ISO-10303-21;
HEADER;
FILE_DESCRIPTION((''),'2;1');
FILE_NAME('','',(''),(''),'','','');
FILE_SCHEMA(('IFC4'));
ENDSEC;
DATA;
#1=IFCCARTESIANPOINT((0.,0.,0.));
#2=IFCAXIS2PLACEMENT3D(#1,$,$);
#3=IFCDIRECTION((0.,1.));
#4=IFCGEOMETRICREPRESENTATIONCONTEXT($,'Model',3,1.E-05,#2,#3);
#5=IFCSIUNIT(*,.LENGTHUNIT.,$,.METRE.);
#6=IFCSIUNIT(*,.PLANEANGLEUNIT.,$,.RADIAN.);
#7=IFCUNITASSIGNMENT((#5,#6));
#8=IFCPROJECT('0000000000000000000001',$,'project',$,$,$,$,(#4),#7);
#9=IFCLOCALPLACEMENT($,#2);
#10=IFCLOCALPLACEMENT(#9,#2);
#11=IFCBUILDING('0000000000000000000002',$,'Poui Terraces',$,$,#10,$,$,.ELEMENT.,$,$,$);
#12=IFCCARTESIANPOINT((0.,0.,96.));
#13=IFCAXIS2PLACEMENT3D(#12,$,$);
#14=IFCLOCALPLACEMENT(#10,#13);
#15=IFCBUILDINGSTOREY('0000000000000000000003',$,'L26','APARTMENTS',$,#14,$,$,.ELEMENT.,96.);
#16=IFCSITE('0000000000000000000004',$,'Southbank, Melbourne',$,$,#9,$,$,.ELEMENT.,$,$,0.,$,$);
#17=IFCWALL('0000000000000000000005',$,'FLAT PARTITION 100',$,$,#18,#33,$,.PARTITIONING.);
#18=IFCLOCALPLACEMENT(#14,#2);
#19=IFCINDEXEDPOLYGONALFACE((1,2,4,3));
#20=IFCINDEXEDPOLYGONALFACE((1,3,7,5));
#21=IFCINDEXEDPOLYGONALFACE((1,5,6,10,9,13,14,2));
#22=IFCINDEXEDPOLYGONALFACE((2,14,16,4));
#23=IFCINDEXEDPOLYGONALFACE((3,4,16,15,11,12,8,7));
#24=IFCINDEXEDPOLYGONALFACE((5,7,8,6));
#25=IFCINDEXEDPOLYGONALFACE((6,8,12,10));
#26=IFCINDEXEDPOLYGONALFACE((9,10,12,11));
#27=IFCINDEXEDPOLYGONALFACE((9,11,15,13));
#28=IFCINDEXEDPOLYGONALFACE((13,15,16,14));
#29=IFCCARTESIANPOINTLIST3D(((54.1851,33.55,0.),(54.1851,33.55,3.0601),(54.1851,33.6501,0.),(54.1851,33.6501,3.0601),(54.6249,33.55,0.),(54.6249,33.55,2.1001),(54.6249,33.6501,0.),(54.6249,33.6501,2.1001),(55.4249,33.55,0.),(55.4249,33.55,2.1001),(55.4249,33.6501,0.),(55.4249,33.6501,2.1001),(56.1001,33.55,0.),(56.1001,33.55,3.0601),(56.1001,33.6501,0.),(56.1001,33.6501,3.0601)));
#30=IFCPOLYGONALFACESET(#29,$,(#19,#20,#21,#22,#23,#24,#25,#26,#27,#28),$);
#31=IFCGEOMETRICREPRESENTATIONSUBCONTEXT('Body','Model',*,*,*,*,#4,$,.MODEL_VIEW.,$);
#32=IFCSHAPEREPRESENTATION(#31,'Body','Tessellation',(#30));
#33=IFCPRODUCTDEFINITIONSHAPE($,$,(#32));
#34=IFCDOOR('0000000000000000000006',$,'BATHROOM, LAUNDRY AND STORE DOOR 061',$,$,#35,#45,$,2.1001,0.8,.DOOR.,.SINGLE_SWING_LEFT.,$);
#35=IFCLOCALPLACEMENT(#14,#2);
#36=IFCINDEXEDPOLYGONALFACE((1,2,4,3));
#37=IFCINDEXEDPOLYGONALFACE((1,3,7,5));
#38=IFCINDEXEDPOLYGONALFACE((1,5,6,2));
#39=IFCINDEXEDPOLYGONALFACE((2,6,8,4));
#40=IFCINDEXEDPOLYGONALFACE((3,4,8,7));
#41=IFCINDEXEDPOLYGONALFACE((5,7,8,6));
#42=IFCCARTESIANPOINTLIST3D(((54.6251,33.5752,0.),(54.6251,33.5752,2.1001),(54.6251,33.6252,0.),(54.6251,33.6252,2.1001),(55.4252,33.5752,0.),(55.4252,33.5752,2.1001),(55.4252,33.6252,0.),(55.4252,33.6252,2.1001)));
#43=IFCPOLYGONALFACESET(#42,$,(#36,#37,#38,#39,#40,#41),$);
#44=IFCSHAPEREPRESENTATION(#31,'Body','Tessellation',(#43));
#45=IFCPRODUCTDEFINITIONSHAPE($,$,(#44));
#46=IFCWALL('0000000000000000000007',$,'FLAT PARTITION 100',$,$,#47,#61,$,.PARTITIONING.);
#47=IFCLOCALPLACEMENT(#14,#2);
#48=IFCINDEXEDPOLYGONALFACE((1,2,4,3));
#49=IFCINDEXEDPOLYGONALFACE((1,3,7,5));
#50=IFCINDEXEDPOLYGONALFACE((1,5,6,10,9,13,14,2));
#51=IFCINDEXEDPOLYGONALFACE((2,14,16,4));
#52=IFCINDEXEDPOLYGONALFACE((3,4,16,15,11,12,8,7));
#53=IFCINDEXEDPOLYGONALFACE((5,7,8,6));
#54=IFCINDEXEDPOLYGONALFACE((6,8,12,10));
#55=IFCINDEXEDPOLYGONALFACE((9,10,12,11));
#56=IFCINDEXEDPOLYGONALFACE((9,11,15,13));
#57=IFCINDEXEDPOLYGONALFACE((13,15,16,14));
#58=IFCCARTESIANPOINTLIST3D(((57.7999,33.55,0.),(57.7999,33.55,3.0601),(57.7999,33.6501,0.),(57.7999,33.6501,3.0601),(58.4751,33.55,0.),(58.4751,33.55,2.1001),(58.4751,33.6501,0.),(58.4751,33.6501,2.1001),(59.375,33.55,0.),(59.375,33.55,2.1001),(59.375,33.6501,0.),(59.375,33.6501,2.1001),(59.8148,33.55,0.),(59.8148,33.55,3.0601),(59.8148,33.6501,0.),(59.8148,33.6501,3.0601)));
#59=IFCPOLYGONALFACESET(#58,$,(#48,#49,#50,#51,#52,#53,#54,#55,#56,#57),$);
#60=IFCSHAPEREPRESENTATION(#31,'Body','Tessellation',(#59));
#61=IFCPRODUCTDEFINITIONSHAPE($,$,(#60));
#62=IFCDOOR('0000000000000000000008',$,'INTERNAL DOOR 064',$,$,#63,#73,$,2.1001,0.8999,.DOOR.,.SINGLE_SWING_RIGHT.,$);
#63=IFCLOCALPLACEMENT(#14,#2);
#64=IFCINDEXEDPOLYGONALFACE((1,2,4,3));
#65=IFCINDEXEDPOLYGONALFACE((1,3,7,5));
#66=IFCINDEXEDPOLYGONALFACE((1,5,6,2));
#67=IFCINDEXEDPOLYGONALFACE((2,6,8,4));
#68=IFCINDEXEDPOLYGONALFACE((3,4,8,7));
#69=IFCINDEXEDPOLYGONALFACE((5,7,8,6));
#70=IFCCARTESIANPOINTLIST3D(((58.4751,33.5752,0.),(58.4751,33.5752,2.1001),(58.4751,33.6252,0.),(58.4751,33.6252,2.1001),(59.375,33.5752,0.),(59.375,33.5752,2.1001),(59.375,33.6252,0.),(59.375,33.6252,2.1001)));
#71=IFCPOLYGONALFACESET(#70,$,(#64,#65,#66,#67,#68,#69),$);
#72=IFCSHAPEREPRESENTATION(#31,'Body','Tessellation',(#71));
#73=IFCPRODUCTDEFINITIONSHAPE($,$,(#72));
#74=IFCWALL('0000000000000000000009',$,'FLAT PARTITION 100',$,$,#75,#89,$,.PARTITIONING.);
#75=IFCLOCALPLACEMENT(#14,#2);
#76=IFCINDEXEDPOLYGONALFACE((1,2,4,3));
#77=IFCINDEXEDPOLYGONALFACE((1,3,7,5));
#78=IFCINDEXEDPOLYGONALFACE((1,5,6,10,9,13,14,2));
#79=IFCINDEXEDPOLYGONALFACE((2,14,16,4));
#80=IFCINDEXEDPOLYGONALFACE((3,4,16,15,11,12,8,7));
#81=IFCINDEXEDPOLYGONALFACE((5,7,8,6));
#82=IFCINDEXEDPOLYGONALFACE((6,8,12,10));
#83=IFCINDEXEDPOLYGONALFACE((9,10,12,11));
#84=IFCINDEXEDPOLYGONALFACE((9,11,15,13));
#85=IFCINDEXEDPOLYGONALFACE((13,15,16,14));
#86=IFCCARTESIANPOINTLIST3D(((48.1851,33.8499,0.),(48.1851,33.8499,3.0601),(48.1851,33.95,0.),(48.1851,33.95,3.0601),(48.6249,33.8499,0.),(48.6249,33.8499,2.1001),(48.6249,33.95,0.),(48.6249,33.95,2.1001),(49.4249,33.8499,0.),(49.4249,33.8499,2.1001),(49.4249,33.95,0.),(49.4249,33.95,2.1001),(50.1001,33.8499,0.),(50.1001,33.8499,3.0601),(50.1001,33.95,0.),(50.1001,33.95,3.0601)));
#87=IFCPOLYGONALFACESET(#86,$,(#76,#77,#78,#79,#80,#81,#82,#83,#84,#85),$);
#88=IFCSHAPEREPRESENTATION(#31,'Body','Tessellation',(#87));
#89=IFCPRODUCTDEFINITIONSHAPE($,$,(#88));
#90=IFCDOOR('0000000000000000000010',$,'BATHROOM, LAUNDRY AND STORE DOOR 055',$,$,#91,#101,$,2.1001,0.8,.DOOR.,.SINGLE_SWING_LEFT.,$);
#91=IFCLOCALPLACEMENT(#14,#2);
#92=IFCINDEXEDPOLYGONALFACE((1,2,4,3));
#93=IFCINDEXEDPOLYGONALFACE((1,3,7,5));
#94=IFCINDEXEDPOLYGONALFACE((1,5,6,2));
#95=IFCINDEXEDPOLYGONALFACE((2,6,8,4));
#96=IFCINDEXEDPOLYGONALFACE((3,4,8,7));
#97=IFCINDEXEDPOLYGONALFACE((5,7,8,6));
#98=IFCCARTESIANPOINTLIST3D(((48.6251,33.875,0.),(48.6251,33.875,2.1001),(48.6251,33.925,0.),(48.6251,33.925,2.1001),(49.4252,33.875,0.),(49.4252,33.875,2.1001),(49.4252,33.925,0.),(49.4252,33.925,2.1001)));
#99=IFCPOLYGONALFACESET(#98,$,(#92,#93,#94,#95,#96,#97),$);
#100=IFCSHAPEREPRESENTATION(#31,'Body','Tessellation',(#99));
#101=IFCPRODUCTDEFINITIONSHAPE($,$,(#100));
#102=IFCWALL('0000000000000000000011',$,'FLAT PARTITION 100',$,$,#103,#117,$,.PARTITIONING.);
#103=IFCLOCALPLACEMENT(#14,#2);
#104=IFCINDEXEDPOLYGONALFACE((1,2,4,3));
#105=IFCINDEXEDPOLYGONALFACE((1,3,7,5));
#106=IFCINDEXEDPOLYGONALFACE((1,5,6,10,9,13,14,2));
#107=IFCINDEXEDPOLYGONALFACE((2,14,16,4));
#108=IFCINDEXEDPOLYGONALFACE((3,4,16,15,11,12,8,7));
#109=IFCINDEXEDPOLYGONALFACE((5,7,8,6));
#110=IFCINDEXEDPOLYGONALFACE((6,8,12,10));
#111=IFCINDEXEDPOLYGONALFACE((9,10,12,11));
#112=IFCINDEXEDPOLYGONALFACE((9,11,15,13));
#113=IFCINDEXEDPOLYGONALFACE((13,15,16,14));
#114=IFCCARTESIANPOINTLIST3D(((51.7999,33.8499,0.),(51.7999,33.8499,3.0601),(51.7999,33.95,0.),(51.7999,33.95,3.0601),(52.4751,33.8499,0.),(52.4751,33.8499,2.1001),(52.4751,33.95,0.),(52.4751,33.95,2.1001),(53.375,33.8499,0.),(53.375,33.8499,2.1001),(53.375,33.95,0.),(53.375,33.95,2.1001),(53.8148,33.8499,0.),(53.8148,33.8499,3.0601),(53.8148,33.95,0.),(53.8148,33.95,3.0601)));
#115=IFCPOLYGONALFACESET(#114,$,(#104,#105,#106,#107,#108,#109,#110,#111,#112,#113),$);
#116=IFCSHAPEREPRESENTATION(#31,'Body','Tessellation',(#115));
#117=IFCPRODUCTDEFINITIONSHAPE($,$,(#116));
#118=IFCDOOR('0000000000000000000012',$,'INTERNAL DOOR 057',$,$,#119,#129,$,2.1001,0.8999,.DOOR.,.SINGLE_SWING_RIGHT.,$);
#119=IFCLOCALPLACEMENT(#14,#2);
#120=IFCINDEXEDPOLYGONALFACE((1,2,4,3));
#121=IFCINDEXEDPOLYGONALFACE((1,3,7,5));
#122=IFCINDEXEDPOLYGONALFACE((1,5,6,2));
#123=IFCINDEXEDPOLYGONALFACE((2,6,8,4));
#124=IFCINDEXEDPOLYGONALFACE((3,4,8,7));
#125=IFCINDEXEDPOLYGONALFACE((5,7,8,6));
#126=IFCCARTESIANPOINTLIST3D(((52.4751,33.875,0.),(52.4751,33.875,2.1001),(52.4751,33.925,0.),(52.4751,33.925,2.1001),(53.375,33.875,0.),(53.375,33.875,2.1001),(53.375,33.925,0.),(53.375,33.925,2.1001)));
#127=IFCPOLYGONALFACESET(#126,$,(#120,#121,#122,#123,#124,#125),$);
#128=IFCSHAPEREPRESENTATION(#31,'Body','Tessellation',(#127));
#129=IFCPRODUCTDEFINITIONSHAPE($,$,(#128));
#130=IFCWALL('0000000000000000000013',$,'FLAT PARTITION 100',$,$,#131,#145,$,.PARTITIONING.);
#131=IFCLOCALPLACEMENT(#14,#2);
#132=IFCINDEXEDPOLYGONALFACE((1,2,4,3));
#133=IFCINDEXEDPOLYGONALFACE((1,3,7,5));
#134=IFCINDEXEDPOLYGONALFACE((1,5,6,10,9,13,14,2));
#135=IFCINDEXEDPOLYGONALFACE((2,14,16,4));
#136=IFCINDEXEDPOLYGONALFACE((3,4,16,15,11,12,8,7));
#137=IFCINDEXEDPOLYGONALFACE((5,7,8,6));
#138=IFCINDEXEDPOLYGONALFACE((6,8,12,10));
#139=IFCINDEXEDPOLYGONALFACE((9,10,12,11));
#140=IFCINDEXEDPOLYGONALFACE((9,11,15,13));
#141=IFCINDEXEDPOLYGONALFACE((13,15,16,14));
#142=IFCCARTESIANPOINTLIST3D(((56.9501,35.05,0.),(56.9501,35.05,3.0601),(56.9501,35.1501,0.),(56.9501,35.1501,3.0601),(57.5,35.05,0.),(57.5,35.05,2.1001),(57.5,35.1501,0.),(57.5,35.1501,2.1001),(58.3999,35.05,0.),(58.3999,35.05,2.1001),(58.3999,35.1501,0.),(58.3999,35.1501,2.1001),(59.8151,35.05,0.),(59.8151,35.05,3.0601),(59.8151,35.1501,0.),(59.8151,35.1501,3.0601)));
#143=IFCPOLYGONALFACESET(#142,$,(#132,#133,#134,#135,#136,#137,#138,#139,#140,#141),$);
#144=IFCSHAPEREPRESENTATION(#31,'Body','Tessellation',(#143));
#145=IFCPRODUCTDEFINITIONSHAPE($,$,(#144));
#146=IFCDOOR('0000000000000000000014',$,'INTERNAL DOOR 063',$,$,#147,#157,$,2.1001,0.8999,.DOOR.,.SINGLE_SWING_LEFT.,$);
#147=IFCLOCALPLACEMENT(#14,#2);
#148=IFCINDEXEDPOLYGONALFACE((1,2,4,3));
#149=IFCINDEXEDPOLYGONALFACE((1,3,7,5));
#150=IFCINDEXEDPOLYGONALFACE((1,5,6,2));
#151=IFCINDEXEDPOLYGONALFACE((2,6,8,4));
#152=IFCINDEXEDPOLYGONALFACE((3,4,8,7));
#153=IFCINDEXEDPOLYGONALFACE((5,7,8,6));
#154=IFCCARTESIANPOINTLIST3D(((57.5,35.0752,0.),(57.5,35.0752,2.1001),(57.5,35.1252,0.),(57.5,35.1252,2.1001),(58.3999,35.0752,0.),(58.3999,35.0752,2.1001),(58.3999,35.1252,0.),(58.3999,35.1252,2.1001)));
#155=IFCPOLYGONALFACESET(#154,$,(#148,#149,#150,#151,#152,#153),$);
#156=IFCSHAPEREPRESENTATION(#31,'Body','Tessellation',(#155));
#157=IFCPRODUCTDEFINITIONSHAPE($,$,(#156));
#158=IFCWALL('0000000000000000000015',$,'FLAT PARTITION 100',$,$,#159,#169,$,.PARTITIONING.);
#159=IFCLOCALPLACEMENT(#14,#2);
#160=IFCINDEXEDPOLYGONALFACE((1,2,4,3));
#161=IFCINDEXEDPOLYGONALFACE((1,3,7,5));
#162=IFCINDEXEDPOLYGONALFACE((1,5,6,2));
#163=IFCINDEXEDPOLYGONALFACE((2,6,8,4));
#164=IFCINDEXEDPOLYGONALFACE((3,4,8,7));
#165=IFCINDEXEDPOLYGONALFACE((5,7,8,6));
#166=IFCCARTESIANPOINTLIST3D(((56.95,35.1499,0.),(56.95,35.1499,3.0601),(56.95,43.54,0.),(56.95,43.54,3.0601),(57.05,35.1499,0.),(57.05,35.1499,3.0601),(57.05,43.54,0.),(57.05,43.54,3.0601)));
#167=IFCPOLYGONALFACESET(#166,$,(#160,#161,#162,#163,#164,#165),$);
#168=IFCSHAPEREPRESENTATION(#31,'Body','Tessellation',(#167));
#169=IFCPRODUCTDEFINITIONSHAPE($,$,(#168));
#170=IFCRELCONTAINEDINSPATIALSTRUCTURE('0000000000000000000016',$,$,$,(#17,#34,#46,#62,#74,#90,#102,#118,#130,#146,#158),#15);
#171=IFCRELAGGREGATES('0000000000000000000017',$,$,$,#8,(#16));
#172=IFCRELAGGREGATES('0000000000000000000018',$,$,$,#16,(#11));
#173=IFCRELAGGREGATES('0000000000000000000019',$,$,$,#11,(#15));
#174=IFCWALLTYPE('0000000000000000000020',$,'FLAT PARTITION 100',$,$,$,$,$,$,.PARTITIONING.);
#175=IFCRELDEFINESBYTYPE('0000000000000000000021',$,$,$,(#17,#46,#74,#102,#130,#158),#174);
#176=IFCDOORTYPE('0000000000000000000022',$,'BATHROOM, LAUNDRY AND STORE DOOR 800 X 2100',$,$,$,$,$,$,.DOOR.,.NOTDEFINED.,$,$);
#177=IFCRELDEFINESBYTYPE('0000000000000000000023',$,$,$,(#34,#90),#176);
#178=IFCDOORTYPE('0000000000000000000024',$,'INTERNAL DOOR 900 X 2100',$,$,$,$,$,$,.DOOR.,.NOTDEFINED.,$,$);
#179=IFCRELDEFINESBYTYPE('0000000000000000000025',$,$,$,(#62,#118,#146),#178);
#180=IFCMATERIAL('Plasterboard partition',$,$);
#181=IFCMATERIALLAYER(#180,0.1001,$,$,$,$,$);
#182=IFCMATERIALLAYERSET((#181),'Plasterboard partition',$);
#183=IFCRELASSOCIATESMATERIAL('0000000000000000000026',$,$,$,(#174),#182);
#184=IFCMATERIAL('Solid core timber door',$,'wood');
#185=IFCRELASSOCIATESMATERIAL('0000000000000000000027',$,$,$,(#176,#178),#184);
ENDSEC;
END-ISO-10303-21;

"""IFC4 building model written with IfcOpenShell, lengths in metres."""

from ifc_helpers import new_model, si_unit, direction, frame, frame_2d, origin, place, context, subcontext, project, spatial, rectangle, extrude, material, layer, layer_set, type_object, element, fill, save


model = new_model("IFC4")

# Units and contexts
model_context = context("Model", 3, precision=1e-05, world=origin(), true_north=direction((0.0, 1.0)))
body_context = subcontext(model_context, "Body", "Model", "MODEL_VIEW")
ifc_project = project(units=[si_unit("LENGTHUNIT", "METRE"), si_unit("PLANEANGLEUNIT", "RADIAN")], contexts=[model_context])

# Site, building, storey
site_placement = place(None, origin())
site = spatial("IfcSite", under=ifc_project, at=site_placement, Name="Southbank, Melbourne", CompositionType="ELEMENT", RefElevation=0.0)
building_placement = place(site_placement, origin())
building = spatial("IfcBuilding", under=site, at=building_placement, Name="Poui Terraces", CompositionType="ELEMENT")
storey_placement = place(building_placement, frame((0.0, 0.0, 96.0)))
storey = spatial("IfcBuildingStorey", under=building, at=storey_placement, Name="L26", Description="APARTMENTS", CompositionType="ELEMENT", Elevation=96.0)

# Walls, openings, doors
ifc_material_1 = material(Name="Plasterboard partition")
ifc_layer_1 = layer(ifc_material_1, 0.1001)
ifc_layer_set_1 = layer_set([ifc_layer_1], Name="Plasterboard partition")
wall_type_1 = type_object("IfcWallType", Name="FLAT PARTITION 100", PredefinedType="PARTITIONING", material=ifc_layer_set_1)
wall_1_placement = place(storey_placement, frame((54.1851, 33.6001, 0.0), z_axis=(0.0, 0.0, 1.0), x_axis=(1.0, 0.0, 0.0)))
wall_1 = element("IfcWall", 1, at=wall_1_placement, inside=storey, type_object=wall_type_1, Name="FLAT PARTITION 100", PredefinedType="PARTITIONING", context=body_context, shape_type="SweptSolid", body=[
    extrude(rectangle(XDim=1.915, YDim=0.1001, at=frame_2d((0.9575, 0.0))), origin(), (0.0, 0.0, 1.0), 3.0601),
])
opening_1_placement = place(wall_1_placement, frame((0.4399, 0.0, 0.0)))
opening_1 = element("IfcOpeningElement", 2, at=opening_1_placement, cuts=wall_1, PredefinedType="OPENING", context=body_context, shape_type="SweptSolid", body=[
    extrude(rectangle(XDim=0.8, YDim=2.1001, at=frame_2d((0.3999, 1.05))), frame((0.0, 0.0601, 0.0), z_axis=(0.0, -1.0, 0.0), x_axis=(1.0, 0.0, 0.0)), (0.0, 0.0, 1.0), 0.1201),
])
ifc_material_2 = material(Name="Solid core timber door", Category="wood")
door_type_1 = type_object("IfcDoorType", Name="BATHROOM, LAUNDRY AND STORE DOOR 800 X 2100", OperationType="NOTDEFINED", PredefinedType="DOOR", material=ifc_material_2)
door_1_placement = place(opening_1_placement, frame((0.8, 0.0, 0.0), z_axis=(0.0, 0.0, 1.0), x_axis=(-1.0, 0.0, 0.0)))
door_1 = element("IfcDoor", 3, at=door_1_placement, inside=storey, type_object=door_type_1, Name="BATHROOM, LAUNDRY AND STORE DOOR 061", OperationType="SINGLE_SWING_LEFT", OverallHeight=2.1001, OverallWidth=0.8, PredefinedType="DOOR", context=body_context, shape_type="SweptSolid", body=[
    extrude(rectangle(XDim=0.8, YDim=2.1001, at=frame_2d((0.3999, 1.05))), frame((0.0, 0.0249, 0.0), z_axis=(0.0, -1.0, 0.0), x_axis=(1.0, 0.0, 0.0)), (0.0, 0.0, 1.0), 0.05),
])
fill(opening_1, door_1)
wall_2_placement = place(storey_placement, frame((57.8, 33.6001, 0.0), z_axis=(0.0, 0.0, 1.0), x_axis=(1.0, 0.0, 0.0)))
wall_2 = element("IfcWall", 4, at=wall_2_placement, inside=storey, type_object=wall_type_1, Name="FLAT PARTITION 100", PredefinedType="PARTITIONING", context=body_context, shape_type="SweptSolid", body=[
    extrude(rectangle(XDim=2.0149, YDim=0.1001, at=frame_2d((1.0073, 0.0))), origin(), (0.0, 0.0, 1.0), 3.0601),
])
opening_2_placement = place(wall_2_placement, frame((0.675, 0.0, 0.0)))
opening_2 = element("IfcOpeningElement", 5, at=opening_2_placement, cuts=wall_2, PredefinedType="OPENING", context=body_context, shape_type="SweptSolid", body=[
    extrude(rectangle(XDim=0.8999, YDim=2.1001, at=frame_2d((0.45, 1.05))), frame((0.0, 0.0601, 0.0), z_axis=(0.0, -1.0, 0.0), x_axis=(1.0, 0.0, 0.0)), (0.0, 0.0, 1.0), 0.1201),
])
door_type_2 = type_object("IfcDoorType", Name="INTERNAL DOOR 900 X 2100", OperationType="NOTDEFINED", PredefinedType="DOOR", material=ifc_material_2)
door_2_placement = place(opening_2_placement, frame((0.8999, 0.0, 0.0), z_axis=(0.0, 0.0, 1.0), x_axis=(-1.0, 0.0, 0.0)))
door_2 = element("IfcDoor", 6, at=door_2_placement, inside=storey, type_object=door_type_2, Name="INTERNAL DOOR 064", OperationType="SINGLE_SWING_RIGHT", OverallHeight=2.1001, OverallWidth=0.8999, PredefinedType="DOOR", context=body_context, shape_type="SweptSolid", body=[
    extrude(rectangle(XDim=0.8999, YDim=2.1001, at=frame_2d((0.45, 1.05))), frame((0.0, 0.0249, 0.0), z_axis=(0.0, -1.0, 0.0), x_axis=(1.0, 0.0, 0.0)), (0.0, 0.0, 1.0), 0.05),
])
fill(opening_2, door_2)
wall_3_placement = place(storey_placement, frame((48.1851, 33.8999, 0.0), z_axis=(0.0, 0.0, 1.0), x_axis=(1.0, 0.0, 0.0)))
wall_3 = element("IfcWall", 7, at=wall_3_placement, inside=storey, type_object=wall_type_1, Name="FLAT PARTITION 100", PredefinedType="PARTITIONING", context=body_context, shape_type="SweptSolid", body=[
    extrude(rectangle(XDim=1.915, YDim=0.1001, at=frame_2d((0.9575, 0.0))), origin(), (0.0, 0.0, 1.0), 3.0601),
])
opening_3_placement = place(wall_3_placement, frame((0.4399, 0.0, 0.0)))
opening_3 = element("IfcOpeningElement", 8, at=opening_3_placement, cuts=wall_3, PredefinedType="OPENING", context=body_context, shape_type="SweptSolid", body=[
    extrude(rectangle(XDim=0.8, YDim=2.1001, at=frame_2d((0.3999, 1.05))), frame((0.0, 0.0601, 0.0), z_axis=(0.0, -1.0, 0.0), x_axis=(1.0, 0.0, 0.0)), (0.0, 0.0, 1.0), 0.1201),
])
door_3_placement = place(opening_3_placement, frame((0.8, 0.0, 0.0), z_axis=(0.0, 0.0, 1.0), x_axis=(-1.0, 0.0, 0.0)))
door_3 = element("IfcDoor", 9, at=door_3_placement, inside=storey, type_object=door_type_1, Name="BATHROOM, LAUNDRY AND STORE DOOR 055", OperationType="SINGLE_SWING_LEFT", OverallHeight=2.1001, OverallWidth=0.8, PredefinedType="DOOR", context=body_context, shape_type="SweptSolid", body=[
    extrude(rectangle(XDim=0.8, YDim=2.1001, at=frame_2d((0.3999, 1.05))), frame((0.0, 0.0249, 0.0), z_axis=(0.0, -1.0, 0.0), x_axis=(1.0, 0.0, 0.0)), (0.0, 0.0, 1.0), 0.05),
])
fill(opening_3, door_3)
wall_4_placement = place(storey_placement, frame((51.8, 33.8999, 0.0), z_axis=(0.0, 0.0, 1.0), x_axis=(1.0, 0.0, 0.0)))
wall_4 = element("IfcWall", 10, at=wall_4_placement, inside=storey, type_object=wall_type_1, Name="FLAT PARTITION 100", PredefinedType="PARTITIONING", context=body_context, shape_type="SweptSolid", body=[
    extrude(rectangle(XDim=2.0149, YDim=0.1001, at=frame_2d((1.0073, 0.0))), origin(), (0.0, 0.0, 1.0), 3.0601),
])
opening_4_placement = place(wall_4_placement, frame((0.675, 0.0, 0.0)))
opening_4 = element("IfcOpeningElement", 11, at=opening_4_placement, cuts=wall_4, PredefinedType="OPENING", context=body_context, shape_type="SweptSolid", body=[
    extrude(rectangle(XDim=0.8999, YDim=2.1001, at=frame_2d((0.45, 1.05))), frame((0.0, 0.0601, 0.0), z_axis=(0.0, -1.0, 0.0), x_axis=(1.0, 0.0, 0.0)), (0.0, 0.0, 1.0), 0.1201),
])
door_4_placement = place(opening_4_placement, frame((0.8999, 0.0, 0.0), z_axis=(0.0, 0.0, 1.0), x_axis=(-1.0, 0.0, 0.0)))
door_4 = element("IfcDoor", 12, at=door_4_placement, inside=storey, type_object=door_type_2, Name="INTERNAL DOOR 057", OperationType="SINGLE_SWING_RIGHT", OverallHeight=2.1001, OverallWidth=0.8999, PredefinedType="DOOR", context=body_context, shape_type="SweptSolid", body=[
    extrude(rectangle(XDim=0.8999, YDim=2.1001, at=frame_2d((0.45, 1.05))), frame((0.0, 0.0249, 0.0), z_axis=(0.0, -1.0, 0.0), x_axis=(1.0, 0.0, 0.0)), (0.0, 0.0, 1.0), 0.05),
])
fill(opening_4, door_4)
wall_5_placement = place(storey_placement, frame((56.95, 35.1001, 0.0), z_axis=(0.0, 0.0, 1.0), x_axis=(1.0, 0.0, 0.0)))
wall_5 = element("IfcWall", 13, at=wall_5_placement, inside=storey, type_object=wall_type_1, Name="FLAT PARTITION 100", PredefinedType="PARTITIONING", context=body_context, shape_type="SweptSolid", body=[
    extrude(rectangle(XDim=2.865, YDim=0.1001, at=frame_2d((1.4326, 0.0))), origin(), (0.0, 0.0, 1.0), 3.0601),
])
opening_5_placement = place(wall_5_placement, frame((0.55, 0.0, 0.0)))
opening_5 = element("IfcOpeningElement", 14, at=opening_5_placement, cuts=wall_5, PredefinedType="OPENING", context=body_context, shape_type="SweptSolid", body=[
    extrude(rectangle(XDim=0.8999, YDim=2.1001, at=frame_2d((0.45, 1.05))), frame((0.0, 0.0601, 0.0), z_axis=(0.0, -1.0, 0.0), x_axis=(1.0, 0.0, 0.0)), (0.0, 0.0, 1.0), 0.1201),
])
door_5_placement = place(opening_5_placement, frame((0.8999, 0.0, 0.0), z_axis=(0.0, 0.0, 1.0), x_axis=(-1.0, 0.0, 0.0)))
door_5 = element("IfcDoor", 15, at=door_5_placement, inside=storey, type_object=door_type_2, Name="INTERNAL DOOR 063", OperationType="SINGLE_SWING_LEFT", OverallHeight=2.1001, OverallWidth=0.8999, PredefinedType="DOOR", context=body_context, shape_type="SweptSolid", body=[
    extrude(rectangle(XDim=0.8999, YDim=2.1001, at=frame_2d((0.45, 1.05))), frame((0.0, 0.0249, 0.0), z_axis=(0.0, -1.0, 0.0), x_axis=(1.0, 0.0, 0.0)), (0.0, 0.0, 1.0), 0.05),
])
fill(opening_5, door_5)

# Wall
wall_6_placement = place(storey_placement, frame((57.0, 35.1499, 0.0), z_axis=(0.0, 0.0, 1.0), x_axis=(0.0, 1.0, 0.0)))
element("IfcWall", 16, at=wall_6_placement, inside=storey, type_object=wall_type_1, Name="FLAT PARTITION 100", PredefinedType="PARTITIONING", context=body_context, shape_type="SweptSolid", body=[
    extrude(rectangle(XDim=8.3901, YDim=0.1001, at=frame_2d((4.1951, 0.0))), origin(), (0.0, 0.0, 1.0), 3.0601),
])

save(model, "model.ifc")
